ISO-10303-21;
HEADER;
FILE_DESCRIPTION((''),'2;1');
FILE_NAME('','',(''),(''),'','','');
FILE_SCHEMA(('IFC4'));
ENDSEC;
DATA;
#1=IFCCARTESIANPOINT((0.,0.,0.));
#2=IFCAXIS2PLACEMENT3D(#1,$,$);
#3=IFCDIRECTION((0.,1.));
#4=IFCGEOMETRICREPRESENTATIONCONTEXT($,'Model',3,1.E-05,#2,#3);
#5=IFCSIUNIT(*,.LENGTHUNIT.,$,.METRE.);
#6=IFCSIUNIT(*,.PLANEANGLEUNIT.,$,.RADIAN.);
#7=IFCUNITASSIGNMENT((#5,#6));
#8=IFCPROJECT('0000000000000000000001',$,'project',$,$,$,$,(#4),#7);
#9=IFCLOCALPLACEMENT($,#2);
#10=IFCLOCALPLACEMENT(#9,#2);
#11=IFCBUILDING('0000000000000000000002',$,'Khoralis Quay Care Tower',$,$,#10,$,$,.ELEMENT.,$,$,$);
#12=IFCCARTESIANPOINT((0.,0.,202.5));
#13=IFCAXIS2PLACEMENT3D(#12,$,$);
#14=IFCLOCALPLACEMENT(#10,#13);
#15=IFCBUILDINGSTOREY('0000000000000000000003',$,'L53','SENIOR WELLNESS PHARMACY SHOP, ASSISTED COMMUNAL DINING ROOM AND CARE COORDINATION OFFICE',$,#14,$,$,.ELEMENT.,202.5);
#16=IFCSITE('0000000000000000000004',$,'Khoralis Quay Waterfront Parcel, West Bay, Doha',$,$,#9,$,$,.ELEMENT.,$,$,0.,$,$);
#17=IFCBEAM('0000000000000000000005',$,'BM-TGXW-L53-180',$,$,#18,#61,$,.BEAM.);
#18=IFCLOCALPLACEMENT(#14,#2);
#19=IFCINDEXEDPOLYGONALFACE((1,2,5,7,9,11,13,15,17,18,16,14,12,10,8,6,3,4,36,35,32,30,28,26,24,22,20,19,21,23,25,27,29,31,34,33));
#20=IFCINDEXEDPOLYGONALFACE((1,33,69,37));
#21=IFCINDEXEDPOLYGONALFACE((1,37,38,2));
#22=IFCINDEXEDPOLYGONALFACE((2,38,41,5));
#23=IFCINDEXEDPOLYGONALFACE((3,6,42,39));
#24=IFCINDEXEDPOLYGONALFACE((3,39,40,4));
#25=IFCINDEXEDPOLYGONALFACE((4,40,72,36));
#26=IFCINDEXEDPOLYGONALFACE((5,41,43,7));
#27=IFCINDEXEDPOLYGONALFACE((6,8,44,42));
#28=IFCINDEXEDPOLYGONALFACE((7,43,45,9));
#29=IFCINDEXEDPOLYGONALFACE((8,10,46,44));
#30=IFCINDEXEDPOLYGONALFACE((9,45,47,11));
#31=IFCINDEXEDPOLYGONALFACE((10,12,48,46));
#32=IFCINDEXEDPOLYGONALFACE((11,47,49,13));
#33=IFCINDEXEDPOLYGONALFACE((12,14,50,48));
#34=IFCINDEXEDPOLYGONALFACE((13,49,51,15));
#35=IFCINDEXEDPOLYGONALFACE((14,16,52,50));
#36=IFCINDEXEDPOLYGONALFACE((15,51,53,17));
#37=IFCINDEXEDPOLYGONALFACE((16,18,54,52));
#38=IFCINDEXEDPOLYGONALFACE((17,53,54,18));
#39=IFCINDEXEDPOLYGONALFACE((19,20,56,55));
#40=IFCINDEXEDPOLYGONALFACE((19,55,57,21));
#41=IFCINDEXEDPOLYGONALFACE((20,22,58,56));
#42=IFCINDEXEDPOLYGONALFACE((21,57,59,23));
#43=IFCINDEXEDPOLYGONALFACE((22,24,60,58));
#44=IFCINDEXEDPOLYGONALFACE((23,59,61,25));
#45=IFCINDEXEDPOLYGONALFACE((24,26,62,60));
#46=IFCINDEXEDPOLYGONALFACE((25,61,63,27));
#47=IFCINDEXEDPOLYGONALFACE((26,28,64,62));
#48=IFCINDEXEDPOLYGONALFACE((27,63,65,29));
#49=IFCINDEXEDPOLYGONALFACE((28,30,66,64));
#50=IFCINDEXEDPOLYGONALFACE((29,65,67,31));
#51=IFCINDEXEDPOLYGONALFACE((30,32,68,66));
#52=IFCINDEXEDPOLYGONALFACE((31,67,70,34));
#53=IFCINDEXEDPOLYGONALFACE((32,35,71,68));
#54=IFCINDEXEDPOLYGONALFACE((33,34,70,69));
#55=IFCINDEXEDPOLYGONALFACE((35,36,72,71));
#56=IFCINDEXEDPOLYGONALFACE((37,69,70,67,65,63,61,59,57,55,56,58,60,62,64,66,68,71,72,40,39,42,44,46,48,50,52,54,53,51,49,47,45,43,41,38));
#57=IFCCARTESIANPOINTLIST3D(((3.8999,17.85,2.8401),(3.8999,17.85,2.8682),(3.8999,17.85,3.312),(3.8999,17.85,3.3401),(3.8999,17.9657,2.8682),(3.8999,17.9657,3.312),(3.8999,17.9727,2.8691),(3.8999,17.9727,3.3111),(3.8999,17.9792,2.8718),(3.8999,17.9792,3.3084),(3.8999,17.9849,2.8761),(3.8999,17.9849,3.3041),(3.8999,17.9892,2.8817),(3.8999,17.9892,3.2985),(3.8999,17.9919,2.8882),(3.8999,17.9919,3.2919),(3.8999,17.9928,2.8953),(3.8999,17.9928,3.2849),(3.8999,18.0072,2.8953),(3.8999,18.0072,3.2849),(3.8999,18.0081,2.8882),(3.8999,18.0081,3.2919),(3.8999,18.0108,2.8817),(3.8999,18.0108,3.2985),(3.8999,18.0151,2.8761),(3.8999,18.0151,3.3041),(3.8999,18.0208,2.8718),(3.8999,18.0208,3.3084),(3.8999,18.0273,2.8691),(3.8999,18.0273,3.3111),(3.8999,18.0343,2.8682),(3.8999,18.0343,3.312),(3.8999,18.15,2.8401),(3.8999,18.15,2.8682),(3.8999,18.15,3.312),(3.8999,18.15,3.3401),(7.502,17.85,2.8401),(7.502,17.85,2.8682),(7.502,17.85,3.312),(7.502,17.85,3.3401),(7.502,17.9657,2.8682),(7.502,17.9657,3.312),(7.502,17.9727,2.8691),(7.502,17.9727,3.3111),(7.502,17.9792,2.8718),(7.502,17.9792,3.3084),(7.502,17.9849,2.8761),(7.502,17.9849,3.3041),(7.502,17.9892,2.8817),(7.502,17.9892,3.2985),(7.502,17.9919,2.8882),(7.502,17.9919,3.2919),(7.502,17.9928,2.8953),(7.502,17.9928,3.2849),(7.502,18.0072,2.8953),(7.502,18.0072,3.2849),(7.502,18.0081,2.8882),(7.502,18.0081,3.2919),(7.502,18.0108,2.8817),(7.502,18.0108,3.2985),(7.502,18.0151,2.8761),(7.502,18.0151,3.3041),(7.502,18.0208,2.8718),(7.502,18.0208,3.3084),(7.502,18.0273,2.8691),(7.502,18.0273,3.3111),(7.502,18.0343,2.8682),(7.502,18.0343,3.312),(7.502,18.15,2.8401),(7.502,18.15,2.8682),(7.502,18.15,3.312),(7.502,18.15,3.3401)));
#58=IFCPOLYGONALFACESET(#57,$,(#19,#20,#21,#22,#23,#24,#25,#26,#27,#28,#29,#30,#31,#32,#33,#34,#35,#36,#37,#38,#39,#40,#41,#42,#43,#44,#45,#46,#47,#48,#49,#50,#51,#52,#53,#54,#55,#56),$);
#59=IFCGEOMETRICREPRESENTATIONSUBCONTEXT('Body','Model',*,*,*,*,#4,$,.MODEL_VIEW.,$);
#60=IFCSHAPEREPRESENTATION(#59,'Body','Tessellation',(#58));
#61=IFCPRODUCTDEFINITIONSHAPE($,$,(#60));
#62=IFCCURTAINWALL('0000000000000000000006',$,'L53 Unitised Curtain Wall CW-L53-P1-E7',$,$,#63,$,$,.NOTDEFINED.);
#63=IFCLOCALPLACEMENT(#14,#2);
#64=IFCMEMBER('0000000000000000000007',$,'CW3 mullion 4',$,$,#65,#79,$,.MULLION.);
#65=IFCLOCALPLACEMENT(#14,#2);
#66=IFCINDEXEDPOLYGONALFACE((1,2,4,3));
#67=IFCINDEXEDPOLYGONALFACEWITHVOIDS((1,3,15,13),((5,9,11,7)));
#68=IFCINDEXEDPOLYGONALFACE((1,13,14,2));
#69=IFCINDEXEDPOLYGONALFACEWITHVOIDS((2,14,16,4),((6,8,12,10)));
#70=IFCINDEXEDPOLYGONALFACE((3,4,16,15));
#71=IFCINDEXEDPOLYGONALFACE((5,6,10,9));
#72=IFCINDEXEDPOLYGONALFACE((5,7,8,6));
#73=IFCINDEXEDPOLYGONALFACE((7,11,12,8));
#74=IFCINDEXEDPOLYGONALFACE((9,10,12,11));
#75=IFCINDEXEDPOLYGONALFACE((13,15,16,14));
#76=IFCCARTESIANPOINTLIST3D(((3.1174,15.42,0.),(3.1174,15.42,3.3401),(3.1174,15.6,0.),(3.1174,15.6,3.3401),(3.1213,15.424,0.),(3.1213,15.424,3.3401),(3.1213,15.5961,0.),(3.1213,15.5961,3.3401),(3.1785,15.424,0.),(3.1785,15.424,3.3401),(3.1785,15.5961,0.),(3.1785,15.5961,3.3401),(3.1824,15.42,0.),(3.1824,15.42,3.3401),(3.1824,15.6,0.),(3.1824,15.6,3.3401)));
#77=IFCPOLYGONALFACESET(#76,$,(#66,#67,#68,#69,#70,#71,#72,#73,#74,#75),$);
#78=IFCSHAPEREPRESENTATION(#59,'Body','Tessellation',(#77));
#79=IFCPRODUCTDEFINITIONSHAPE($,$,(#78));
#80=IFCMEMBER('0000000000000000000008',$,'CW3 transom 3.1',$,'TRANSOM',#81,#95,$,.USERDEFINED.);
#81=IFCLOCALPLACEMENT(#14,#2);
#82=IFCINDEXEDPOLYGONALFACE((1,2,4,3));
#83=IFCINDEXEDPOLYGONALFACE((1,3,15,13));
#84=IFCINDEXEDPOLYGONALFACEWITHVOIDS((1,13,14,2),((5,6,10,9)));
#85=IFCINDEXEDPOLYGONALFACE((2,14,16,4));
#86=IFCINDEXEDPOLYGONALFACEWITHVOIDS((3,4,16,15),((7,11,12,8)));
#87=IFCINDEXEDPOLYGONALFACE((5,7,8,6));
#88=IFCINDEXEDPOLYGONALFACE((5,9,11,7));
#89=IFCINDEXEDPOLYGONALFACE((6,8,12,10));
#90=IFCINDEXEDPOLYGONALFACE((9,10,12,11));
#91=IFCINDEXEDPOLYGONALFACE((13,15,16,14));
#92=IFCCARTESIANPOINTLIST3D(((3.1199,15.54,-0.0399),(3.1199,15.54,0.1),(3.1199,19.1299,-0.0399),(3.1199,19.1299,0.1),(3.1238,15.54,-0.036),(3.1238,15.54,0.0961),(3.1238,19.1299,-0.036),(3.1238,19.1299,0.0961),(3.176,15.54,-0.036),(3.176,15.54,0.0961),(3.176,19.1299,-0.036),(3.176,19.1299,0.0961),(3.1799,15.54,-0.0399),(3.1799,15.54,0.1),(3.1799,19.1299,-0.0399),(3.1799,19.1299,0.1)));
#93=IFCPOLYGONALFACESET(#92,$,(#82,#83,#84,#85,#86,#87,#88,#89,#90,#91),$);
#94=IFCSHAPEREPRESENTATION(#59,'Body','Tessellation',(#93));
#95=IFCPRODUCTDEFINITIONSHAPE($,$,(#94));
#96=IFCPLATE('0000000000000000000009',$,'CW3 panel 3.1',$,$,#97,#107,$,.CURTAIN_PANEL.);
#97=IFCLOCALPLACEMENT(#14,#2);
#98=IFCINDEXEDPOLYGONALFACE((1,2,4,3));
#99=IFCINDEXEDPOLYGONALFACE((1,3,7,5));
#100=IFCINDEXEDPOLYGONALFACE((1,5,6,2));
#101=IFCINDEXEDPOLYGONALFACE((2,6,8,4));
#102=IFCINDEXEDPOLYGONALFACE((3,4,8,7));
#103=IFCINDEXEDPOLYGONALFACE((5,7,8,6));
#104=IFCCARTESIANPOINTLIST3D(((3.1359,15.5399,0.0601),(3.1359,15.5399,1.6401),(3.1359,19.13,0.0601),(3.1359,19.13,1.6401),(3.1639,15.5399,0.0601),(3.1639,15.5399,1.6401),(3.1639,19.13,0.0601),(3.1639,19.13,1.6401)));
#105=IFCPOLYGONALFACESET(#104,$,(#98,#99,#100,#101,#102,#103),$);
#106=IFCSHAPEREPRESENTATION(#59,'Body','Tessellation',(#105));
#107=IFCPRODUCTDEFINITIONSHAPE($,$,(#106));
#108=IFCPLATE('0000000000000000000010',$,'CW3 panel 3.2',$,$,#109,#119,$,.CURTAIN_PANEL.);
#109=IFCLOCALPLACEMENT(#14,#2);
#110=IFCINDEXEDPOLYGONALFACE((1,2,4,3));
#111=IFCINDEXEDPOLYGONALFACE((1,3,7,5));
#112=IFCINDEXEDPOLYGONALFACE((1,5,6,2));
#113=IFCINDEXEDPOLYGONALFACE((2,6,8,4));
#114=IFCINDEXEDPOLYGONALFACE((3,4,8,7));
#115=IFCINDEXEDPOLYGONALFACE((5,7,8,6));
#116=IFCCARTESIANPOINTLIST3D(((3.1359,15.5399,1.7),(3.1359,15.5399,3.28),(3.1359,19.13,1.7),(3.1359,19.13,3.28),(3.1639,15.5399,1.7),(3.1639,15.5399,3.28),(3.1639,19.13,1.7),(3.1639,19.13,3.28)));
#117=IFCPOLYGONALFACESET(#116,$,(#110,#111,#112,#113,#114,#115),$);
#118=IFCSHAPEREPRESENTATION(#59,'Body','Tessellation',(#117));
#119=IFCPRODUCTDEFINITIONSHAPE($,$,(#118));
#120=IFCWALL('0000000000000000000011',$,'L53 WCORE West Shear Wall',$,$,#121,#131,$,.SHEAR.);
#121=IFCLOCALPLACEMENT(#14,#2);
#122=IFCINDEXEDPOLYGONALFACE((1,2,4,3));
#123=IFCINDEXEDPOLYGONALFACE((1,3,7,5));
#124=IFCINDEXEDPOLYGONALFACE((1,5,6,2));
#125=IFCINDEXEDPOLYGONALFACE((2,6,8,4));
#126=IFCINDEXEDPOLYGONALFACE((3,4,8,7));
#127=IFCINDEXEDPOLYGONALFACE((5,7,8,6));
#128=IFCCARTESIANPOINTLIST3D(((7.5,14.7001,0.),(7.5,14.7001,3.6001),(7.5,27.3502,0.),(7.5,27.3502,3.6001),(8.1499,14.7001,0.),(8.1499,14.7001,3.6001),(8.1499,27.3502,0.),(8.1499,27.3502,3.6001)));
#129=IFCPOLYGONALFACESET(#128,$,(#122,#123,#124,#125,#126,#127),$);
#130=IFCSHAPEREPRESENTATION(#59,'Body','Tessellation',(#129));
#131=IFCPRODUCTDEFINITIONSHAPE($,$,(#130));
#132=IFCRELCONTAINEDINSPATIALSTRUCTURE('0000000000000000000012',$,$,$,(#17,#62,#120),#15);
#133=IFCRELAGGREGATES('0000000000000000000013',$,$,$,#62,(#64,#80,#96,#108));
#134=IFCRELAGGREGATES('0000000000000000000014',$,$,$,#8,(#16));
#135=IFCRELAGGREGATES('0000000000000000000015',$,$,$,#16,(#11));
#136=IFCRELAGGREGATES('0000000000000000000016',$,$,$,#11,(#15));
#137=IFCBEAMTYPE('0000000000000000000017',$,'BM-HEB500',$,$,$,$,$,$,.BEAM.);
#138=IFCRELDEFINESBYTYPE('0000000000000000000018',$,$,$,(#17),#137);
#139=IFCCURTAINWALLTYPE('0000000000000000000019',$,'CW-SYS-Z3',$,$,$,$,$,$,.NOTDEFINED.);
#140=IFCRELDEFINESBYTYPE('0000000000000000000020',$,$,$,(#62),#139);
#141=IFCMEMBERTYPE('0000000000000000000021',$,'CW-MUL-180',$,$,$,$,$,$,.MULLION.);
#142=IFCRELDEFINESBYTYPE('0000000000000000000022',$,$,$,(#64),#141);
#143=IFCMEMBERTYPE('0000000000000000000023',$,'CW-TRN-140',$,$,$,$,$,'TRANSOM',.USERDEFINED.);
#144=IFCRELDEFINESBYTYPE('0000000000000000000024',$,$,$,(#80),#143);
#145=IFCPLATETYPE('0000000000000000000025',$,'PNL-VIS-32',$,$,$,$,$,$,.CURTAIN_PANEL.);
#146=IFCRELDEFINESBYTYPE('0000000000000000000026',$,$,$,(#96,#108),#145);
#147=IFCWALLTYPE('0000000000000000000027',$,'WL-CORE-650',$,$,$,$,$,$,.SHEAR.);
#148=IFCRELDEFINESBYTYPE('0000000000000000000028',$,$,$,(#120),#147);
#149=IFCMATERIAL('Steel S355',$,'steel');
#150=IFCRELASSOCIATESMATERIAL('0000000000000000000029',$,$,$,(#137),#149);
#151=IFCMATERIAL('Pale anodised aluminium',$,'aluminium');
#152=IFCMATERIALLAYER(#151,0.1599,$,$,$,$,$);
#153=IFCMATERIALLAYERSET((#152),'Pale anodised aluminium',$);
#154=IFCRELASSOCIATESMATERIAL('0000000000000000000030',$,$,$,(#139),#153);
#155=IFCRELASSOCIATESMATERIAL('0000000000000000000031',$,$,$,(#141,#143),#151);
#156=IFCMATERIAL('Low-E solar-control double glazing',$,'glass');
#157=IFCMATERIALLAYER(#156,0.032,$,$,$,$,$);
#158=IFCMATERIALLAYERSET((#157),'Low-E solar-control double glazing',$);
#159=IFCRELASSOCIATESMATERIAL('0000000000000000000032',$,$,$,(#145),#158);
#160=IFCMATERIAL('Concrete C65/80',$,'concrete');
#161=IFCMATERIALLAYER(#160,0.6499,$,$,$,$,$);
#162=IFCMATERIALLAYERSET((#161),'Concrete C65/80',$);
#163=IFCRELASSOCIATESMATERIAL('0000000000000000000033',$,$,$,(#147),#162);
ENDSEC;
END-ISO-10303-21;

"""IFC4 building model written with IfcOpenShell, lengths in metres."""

from ifc_helpers import new_model, si_unit, direction, frame, frame_2d, origin, origin_2d, place, context, subcontext, project, spatial, rectangle, hollow_rectangle, i_section, extrude, source, transform, mapped, material, layer, layer_set, material_profile, profile_set, type_object, element, aggregate, save


model = new_model("IFC4")

# Units and contexts
model_context = context("Model", 3, precision=1e-05, world=origin(), true_north=direction((0.0, 1.0)))
body_context = subcontext(model_context, "Body", "Model", "MODEL_VIEW")
ifc_project = project(units=[si_unit("LENGTHUNIT", "METRE"), si_unit("PLANEANGLEUNIT", "RADIAN")], contexts=[model_context])

# Site, building, storey
site_placement = place(None, origin())
site = spatial("IfcSite", under=ifc_project, at=site_placement, Name="Khoralis Quay Waterfront Parcel, West Bay, Doha", CompositionType="ELEMENT", RefElevation=0.0)
building_placement = place(site_placement, origin())
building = spatial("IfcBuilding", under=site, at=building_placement, Name="Khoralis Quay Care Tower", CompositionType="ELEMENT")
storey_placement = place(building_placement, frame((0.0, 0.0, 202.5)))
storey = spatial("IfcBuildingStorey", under=building, at=storey_placement, Name="L53", Description="SENIOR WELLNESS PHARMACY SHOP, ASSISTED COMMUNAL DINING ROOM AND CARE COORDINATION OFFICE", CompositionType="ELEMENT", Elevation=202.5)

# Shared definitions
ifc_material_1 = material(Name="Concrete C65/80", Category="concrete")

# Beam
ifc_material_2 = material(Name="Steel S355", Category="steel")
ifc_material_profile_1 = material_profile(ifc_material_2, i_section(OverallWidth=0.3, OverallDepth=0.5, WebThickness=0.0144, FlangeThickness=0.0281, FilletRadius=0.0271, at=origin_2d()), Name="Steel S355")
ifc_profile_set_1 = profile_set([ifc_material_profile_1], Name="Steel S355")
beam_type_1 = type_object("IfcBeamType", Name="BM-HEB500", PredefinedType="BEAM", material=ifc_profile_set_1)
shared_shape_1 = source(origin(), body_context, "Body", "SweptSolid", [
    extrude(i_section(OverallWidth=0.3, OverallDepth=0.5, WebThickness=0.0144, FlangeThickness=0.0281, FilletRadius=0.0271, at=origin_2d()), origin(), (0.0, 0.0, 1.0), 3.6021),
])
beam_1_placement = place(storey_placement, frame((3.8999, 18.0, 3.0901), z_axis=(1.0, 0.0, 0.0), x_axis=(0.0, 1.0, 0.0)))
element("IfcBeam", 1, at=beam_1_placement, inside=storey, type_object=beam_type_1, Name="BM-TGXW-L53-180", PredefinedType="BEAM", context=body_context, shape_type="MappedRepresentation", body=[
    mapped(shared_shape_1, transform((0.0, 0.0, 0.0), scale=1.0)),
])

# Curtain wall, members, plates
ifc_material_3 = material(Name="Pale anodised aluminium", Category="aluminium")
ifc_layer_1 = layer(ifc_material_3, 0.1599)
ifc_layer_set_1 = layer_set([ifc_layer_1], Name="Pale anodised aluminium")
curtain_wall_type = type_object("IfcCurtainWallType", Name="CW-SYS-Z3", PredefinedType="NOTDEFINED", material=ifc_layer_set_1)
curtain_wall_placement = place(storey_placement, origin())
curtain_wall = element("IfcCurtainWall", 2, at=curtain_wall_placement, inside=storey, type_object=curtain_wall_type, Name="L53 Unitised Curtain Wall CW-L53-P1-E7", PredefinedType="NOTDEFINED")
ifc_material_profile_2 = material_profile(ifc_material_3, hollow_rectangle(XDim=0.0649, YDim=0.1799, WallThickness=0.0039, at=origin_2d()), Name="Pale anodised aluminium")
ifc_profile_set_2 = profile_set([ifc_material_profile_2], Name="Pale anodised aluminium")
member_type_1 = type_object("IfcMemberType", Name="CW-MUL-180", PredefinedType="MULLION", material=ifc_profile_set_2)
shared_shape_2 = source(origin(), body_context, "Body", "SweptSolid", [
    extrude(hollow_rectangle(XDim=0.0649, YDim=0.1799, WallThickness=0.0039, at=origin_2d()), origin(), (0.0, 0.0, 1.0), 3.3401),
])
member_1_placement = place(storey_placement, frame((3.1499, 15.51, 0.0), z_axis=(0.0, 0.0, 1.0), x_axis=(1.0, 0.0, 0.0)))
member_1 = element("IfcMember", 3, at=member_1_placement, type_object=member_type_1, Name="CW3 mullion 4", PredefinedType="MULLION", context=body_context, shape_type="MappedRepresentation", body=[
    mapped(shared_shape_2, transform((0.0, 0.0, 0.0), scale=1.0)),
])
ifc_material_profile_3 = material_profile(ifc_material_3, hollow_rectangle(XDim=0.0601, YDim=0.1399, WallThickness=0.0039, at=origin_2d()), Name="Pale anodised aluminium")
ifc_profile_set_3 = profile_set([ifc_material_profile_3], Name="Pale anodised aluminium")
member_type_2 = type_object("IfcMemberType", Name="CW-TRN-140", ElementType="TRANSOM", PredefinedType="USERDEFINED", material=ifc_profile_set_3)
shared_shape_3 = source(origin(), body_context, "Body", "SweptSolid", [
    extrude(hollow_rectangle(XDim=0.0601, YDim=0.1399, WallThickness=0.0039, at=origin_2d()), origin(), (0.0, 0.0, 1.0), 3.5898),
])
member_2_placement = place(storey_placement, frame((3.1499, 19.1299, 0.03), z_axis=(0.0, -1.0, 0.0), x_axis=(1.0, 0.0, 0.0)))
member_2 = element("IfcMember", 4, at=member_2_placement, type_object=member_type_2, Name="CW3 transom 3.1", ObjectType="TRANSOM", PredefinedType="USERDEFINED", context=body_context, shape_type="MappedRepresentation", body=[
    mapped(shared_shape_3, transform((0.0, 0.0, 0.0), scale=1.0)),
])
ifc_material_4 = material(Name="Low-E solar-control double glazing", Category="glass")
ifc_layer_2 = layer(ifc_material_4, 0.032)
ifc_layer_set_2 = layer_set([ifc_layer_2], Name="Low-E solar-control double glazing")
plate_type = type_object("IfcPlateType", Name="PNL-VIS-32", PredefinedType="CURTAIN_PANEL", material=ifc_layer_set_2)
shared_shape_4 = source(origin(), body_context, "Body", "SweptSolid", [
    extrude(rectangle(XDim=3.5901, YDim=0.0281, at=origin_2d()), origin(), (0.0, 0.0, 1.0), 1.5801),
])
plate_1_placement = place(storey_placement, frame((3.1499, 17.335, 0.0601), z_axis=(0.0, 0.0, 1.0), x_axis=(0.0, -1.0, 0.0)))
plate_1 = element("IfcPlate", 5, at=plate_1_placement, type_object=plate_type, Name="CW3 panel 3.1", PredefinedType="CURTAIN_PANEL", context=body_context, shape_type="MappedRepresentation", body=[
    mapped(shared_shape_4, transform((0.0, 0.0, 0.0), scale=1.0)),
])
plate_2_placement = place(storey_placement, frame((3.1499, 17.335, 1.7), z_axis=(0.0, 0.0, 1.0), x_axis=(0.0, -1.0, 0.0)))
plate_2 = element("IfcPlate", 6, at=plate_2_placement, type_object=plate_type, Name="CW3 panel 3.2", PredefinedType="CURTAIN_PANEL", context=body_context, shape_type="MappedRepresentation", body=[
    mapped(shared_shape_4, transform((0.0, 0.0, 0.0), scale=1.0)),
])
aggregate(curtain_wall, [member_1, member_2, plate_1, plate_2])

# Wall
ifc_layer_3 = layer(ifc_material_1, 0.6499)
ifc_layer_set_3 = layer_set([ifc_layer_3], Name="Concrete C65/80")
wall_type_1 = type_object("IfcWallType", Name="WL-CORE-650", PredefinedType="SHEAR", material=ifc_layer_set_3)
wall_1_placement = place(storey_placement, frame((7.825, 14.7, 0.0), z_axis=(0.0, 0.0, 1.0), x_axis=(0.0, 1.0, 0.0)))
element("IfcWall", 7, at=wall_1_placement, inside=storey, type_object=wall_type_1, Name="L53 WCORE West Shear Wall", PredefinedType="SHEAR", context=body_context, shape_type="SweptSolid", body=[
    extrude(rectangle(XDim=12.6501, YDim=0.6499, at=frame_2d((6.3252, 0.0))), origin(), (0.0, 0.0, 1.0), 3.6001),
])

save(model, "model.ifc")
